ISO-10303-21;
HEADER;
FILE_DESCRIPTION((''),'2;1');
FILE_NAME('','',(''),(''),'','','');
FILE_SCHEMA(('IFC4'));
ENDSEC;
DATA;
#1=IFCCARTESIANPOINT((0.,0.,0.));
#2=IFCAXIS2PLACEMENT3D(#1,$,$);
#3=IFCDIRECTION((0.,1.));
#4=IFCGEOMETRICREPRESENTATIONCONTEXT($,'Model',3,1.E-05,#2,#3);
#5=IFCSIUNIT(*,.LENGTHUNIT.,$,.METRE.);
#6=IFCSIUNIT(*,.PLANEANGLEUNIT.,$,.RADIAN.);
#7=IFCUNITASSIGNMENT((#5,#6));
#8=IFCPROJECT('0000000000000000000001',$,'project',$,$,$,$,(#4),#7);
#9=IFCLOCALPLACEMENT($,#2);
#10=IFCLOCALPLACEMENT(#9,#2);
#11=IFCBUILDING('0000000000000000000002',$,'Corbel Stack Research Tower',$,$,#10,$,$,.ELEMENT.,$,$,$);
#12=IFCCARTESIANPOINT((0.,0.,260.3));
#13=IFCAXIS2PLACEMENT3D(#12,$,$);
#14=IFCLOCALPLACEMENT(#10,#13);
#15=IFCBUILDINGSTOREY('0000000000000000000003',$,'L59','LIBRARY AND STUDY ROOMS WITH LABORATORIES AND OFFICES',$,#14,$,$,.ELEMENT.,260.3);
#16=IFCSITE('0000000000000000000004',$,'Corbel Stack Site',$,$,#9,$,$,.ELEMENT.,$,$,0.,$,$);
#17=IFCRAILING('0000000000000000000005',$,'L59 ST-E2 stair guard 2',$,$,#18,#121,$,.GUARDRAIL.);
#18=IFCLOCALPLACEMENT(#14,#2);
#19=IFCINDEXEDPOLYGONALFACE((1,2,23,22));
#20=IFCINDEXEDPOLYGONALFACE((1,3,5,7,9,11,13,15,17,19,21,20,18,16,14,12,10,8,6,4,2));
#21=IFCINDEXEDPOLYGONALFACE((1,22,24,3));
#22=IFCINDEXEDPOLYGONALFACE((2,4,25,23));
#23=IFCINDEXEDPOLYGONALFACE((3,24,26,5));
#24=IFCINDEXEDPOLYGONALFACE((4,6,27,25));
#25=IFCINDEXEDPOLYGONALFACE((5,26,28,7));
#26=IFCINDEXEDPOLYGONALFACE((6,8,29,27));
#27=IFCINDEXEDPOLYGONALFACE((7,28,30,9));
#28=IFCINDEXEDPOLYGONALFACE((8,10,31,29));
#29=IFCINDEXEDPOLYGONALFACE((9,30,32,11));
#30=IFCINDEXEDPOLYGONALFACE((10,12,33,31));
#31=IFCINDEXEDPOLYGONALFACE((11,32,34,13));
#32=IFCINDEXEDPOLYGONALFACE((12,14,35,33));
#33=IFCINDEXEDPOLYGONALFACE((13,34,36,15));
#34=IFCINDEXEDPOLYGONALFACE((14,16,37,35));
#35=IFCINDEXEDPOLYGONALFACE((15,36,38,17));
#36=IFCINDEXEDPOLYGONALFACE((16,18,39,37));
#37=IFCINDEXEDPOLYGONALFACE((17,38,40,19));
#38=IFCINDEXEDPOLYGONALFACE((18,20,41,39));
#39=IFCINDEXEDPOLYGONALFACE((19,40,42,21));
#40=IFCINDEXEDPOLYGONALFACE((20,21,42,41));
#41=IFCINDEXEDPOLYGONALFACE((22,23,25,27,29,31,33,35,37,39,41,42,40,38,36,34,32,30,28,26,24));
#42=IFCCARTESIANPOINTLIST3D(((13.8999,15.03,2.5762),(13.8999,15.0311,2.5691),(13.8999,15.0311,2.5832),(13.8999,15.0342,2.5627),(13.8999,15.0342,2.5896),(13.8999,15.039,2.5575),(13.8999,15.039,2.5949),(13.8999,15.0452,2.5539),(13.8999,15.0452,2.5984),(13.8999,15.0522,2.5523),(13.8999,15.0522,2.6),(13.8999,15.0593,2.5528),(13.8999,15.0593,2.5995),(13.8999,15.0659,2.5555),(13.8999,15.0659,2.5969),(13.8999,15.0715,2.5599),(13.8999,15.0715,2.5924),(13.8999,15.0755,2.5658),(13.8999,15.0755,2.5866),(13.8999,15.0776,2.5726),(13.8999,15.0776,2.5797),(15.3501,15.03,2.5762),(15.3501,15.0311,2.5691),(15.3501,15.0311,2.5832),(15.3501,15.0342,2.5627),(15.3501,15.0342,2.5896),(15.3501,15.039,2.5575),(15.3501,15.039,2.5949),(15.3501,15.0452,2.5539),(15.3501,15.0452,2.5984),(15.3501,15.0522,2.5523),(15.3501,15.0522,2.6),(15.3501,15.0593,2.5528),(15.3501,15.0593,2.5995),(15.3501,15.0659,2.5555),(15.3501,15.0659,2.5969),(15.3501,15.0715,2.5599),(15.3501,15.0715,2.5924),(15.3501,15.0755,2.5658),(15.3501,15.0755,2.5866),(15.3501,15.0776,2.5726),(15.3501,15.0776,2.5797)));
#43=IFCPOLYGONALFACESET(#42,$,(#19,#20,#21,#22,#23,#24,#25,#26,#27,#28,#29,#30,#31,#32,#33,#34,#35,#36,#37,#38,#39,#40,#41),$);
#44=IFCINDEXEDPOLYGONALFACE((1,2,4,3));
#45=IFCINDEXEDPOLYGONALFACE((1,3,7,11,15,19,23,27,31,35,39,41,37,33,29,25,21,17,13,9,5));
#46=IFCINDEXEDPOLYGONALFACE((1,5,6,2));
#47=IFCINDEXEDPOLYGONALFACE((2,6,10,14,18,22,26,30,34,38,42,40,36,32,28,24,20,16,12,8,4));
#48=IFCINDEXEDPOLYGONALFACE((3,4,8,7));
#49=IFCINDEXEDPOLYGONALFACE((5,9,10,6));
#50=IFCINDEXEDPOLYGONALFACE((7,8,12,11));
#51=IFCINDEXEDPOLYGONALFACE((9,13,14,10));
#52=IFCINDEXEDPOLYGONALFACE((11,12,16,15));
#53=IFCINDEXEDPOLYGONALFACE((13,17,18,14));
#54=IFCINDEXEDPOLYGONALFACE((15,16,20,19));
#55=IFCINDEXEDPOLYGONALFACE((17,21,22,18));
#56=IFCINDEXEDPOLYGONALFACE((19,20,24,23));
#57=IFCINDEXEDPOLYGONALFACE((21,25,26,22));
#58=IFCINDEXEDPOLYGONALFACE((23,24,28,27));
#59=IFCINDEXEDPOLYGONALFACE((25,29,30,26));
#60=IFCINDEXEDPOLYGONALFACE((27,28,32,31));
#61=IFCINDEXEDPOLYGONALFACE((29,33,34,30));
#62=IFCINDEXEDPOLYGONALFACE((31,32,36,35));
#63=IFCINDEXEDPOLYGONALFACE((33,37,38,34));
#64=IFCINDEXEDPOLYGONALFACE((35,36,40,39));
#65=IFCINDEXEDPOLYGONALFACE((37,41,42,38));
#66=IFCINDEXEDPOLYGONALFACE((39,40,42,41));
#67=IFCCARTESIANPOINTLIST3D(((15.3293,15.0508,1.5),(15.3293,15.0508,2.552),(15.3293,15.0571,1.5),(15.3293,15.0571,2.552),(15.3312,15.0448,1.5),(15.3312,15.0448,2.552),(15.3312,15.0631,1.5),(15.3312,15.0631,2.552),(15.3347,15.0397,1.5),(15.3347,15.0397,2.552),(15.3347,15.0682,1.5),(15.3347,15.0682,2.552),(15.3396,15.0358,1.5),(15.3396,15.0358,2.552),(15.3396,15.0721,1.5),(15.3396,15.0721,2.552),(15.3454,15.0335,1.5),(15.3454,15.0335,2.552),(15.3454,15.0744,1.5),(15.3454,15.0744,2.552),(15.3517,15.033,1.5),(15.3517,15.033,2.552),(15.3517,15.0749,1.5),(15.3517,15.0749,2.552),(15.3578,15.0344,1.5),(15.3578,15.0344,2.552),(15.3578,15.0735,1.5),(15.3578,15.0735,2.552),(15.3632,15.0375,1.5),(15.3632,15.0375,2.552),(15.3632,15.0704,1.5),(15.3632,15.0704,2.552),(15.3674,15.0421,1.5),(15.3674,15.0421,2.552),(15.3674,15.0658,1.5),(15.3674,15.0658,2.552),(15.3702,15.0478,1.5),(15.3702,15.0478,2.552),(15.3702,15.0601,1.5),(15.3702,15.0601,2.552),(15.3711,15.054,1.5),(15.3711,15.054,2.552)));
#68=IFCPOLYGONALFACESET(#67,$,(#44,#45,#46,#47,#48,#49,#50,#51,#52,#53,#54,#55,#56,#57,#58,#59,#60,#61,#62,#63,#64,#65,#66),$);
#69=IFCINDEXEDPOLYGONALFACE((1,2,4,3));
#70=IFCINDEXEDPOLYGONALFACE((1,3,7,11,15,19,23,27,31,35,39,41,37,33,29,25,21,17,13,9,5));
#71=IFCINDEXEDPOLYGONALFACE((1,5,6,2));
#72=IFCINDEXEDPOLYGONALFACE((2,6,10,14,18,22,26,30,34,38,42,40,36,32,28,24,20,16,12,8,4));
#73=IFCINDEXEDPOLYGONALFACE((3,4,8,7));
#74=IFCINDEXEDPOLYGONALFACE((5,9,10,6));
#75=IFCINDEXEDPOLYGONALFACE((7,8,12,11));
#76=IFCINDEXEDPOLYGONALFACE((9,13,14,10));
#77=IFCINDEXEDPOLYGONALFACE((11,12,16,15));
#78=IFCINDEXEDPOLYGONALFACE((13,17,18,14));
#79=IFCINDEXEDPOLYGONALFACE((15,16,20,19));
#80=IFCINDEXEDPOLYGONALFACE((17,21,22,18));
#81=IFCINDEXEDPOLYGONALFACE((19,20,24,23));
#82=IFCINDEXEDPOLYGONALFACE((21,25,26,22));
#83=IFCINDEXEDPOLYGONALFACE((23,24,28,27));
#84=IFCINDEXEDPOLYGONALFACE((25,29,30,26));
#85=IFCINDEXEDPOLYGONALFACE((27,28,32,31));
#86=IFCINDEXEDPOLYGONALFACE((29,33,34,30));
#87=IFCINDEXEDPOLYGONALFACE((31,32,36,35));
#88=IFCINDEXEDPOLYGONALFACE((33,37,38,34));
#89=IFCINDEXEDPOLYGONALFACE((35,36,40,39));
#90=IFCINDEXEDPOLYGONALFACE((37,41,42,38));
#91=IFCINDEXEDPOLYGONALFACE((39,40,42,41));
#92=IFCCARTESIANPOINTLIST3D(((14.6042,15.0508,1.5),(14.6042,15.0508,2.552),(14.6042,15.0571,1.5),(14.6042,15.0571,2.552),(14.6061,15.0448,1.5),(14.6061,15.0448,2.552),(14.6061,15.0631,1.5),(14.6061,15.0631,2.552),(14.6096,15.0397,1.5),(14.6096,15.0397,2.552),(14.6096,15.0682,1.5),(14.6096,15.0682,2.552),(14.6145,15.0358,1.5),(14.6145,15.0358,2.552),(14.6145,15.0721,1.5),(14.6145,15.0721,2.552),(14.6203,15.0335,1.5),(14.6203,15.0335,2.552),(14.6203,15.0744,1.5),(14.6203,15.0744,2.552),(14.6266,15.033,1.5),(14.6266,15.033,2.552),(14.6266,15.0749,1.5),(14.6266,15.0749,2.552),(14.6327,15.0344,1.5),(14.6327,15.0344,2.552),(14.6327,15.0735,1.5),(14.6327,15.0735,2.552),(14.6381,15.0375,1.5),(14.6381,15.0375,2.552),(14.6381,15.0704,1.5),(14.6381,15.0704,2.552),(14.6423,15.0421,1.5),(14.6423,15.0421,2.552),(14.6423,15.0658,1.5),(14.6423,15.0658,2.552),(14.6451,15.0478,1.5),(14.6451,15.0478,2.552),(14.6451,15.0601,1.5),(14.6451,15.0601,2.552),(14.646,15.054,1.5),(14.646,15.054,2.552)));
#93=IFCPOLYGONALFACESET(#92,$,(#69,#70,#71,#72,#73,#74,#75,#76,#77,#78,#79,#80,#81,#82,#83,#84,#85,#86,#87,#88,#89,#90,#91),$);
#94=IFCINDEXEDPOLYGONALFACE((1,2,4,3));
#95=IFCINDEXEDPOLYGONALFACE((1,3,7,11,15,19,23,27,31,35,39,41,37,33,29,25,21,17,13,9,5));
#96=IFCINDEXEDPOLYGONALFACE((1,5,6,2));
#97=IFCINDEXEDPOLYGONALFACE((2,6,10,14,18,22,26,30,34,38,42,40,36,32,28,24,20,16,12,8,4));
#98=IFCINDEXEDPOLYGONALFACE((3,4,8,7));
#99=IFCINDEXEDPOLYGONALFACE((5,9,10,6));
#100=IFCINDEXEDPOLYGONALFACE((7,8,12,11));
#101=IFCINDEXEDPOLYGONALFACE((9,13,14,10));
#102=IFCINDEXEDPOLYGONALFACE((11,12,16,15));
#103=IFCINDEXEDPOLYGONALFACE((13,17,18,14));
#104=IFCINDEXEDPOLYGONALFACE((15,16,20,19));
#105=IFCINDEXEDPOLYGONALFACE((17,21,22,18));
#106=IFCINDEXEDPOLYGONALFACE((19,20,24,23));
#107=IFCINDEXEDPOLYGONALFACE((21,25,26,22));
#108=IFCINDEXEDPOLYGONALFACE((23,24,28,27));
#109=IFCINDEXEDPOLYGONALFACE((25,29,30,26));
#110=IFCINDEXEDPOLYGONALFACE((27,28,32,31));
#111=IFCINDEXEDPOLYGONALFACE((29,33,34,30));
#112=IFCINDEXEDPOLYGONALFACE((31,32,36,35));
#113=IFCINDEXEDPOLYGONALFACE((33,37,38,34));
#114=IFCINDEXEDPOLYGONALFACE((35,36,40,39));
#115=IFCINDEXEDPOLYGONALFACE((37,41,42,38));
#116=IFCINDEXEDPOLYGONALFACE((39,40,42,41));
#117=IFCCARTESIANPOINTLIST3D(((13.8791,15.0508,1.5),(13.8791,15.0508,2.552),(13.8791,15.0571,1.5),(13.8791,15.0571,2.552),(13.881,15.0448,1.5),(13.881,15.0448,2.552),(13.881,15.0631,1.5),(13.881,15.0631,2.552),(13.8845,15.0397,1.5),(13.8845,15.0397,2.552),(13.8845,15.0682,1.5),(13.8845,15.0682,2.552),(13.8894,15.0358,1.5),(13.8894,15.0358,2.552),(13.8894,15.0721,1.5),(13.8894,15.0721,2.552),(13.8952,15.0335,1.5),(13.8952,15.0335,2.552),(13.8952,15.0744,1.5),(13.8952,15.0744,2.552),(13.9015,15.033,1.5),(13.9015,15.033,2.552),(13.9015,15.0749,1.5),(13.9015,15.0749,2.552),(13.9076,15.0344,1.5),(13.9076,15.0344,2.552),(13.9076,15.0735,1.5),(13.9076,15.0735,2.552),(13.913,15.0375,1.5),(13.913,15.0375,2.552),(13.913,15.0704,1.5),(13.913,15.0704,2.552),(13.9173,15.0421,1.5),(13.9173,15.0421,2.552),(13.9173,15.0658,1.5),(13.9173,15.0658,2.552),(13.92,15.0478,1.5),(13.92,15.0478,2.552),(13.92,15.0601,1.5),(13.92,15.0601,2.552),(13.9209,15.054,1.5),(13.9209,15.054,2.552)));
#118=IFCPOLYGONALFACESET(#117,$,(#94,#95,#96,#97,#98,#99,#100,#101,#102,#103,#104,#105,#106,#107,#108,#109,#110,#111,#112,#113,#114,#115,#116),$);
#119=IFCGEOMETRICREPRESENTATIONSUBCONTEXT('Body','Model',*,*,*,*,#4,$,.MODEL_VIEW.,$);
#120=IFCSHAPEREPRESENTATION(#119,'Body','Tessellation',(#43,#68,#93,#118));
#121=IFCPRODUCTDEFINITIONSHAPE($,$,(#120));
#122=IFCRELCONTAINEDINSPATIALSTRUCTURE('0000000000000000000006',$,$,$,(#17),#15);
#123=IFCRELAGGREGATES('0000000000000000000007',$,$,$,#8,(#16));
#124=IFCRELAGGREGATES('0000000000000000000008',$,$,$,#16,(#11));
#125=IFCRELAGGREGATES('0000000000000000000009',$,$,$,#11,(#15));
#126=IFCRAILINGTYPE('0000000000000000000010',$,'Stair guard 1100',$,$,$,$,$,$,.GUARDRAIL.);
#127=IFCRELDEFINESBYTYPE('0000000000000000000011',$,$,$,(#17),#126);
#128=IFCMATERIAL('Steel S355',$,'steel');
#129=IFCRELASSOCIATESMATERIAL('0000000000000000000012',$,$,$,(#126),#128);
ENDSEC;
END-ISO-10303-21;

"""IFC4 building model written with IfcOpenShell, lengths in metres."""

from ifc_helpers import new_model, si_unit, direction, frame, origin, origin_2d, place, context, subcontext, project, spatial, circle, extrude, material, type_object, element, save


model = new_model("IFC4")

# Units and contexts
model_context = context("Model", 3, precision=1e-05, world=origin(), true_north=direction((0.0, 1.0)))
body_context = subcontext(model_context, "Body", "Model", "MODEL_VIEW")
ifc_project = project(units=[si_unit("LENGTHUNIT", "METRE"), si_unit("PLANEANGLEUNIT", "RADIAN")], contexts=[model_context])

# Site, building, storey
site_placement = place(None, origin())
site = spatial("IfcSite", under=ifc_project, at=site_placement, Name="Corbel Stack Site", CompositionType="ELEMENT", RefElevation=0.0)
building_placement = place(site_placement, origin())
building = spatial("IfcBuilding", under=site, at=building_placement, Name="Corbel Stack Research Tower", CompositionType="ELEMENT")
storey_placement = place(building_placement, frame((0.0, 0.0, 260.3)))
storey = spatial("IfcBuildingStorey", under=building, at=storey_placement, Name="L59", Description="LIBRARY AND STUDY ROOMS WITH LABORATORIES AND OFFICES", CompositionType="ELEMENT", Elevation=260.3)

# Railing
ifc_material_1 = material(Name="Steel S355", Category="steel")
railing_type_1 = type_object("IfcRailingType", Name="Stair guard 1100", PredefinedType="GUARDRAIL", material=ifc_material_1)
railing_1_placement = place(storey_placement, frame((15.3501, 15.054, 1.5)))
element("IfcRailing", 1, at=railing_1_placement, inside=storey, type_object=railing_type_1, Name="L59 ST-E2 stair guard 2", PredefinedType="GUARDRAIL", context=body_context, shape_type="SweptSolid", body=[
    extrude(circle(Radius=0.0239, at=origin_2d()), frame((0.0, 0.0, 1.0762), z_axis=(-1.0, 0.0, 0.0), x_axis=(0.0, -1.0, 0.0)), (0.0, 0.0, 1.0), 1.4502),
    extrude(circle(Radius=0.021, at=origin_2d()), origin(), (0.0, 0.0, 1.0), 1.052),
    extrude(circle(Radius=0.021, at=origin_2d()), frame((-0.7251, 0.0, 0.0)), (0.0, 0.0, 1.0), 1.052),
    extrude(circle(Radius=0.021, at=origin_2d()), frame((-1.4502, 0.0, 0.0)), (0.0, 0.0, 1.0), 1.052),
])

save(model, "model.ifc")
